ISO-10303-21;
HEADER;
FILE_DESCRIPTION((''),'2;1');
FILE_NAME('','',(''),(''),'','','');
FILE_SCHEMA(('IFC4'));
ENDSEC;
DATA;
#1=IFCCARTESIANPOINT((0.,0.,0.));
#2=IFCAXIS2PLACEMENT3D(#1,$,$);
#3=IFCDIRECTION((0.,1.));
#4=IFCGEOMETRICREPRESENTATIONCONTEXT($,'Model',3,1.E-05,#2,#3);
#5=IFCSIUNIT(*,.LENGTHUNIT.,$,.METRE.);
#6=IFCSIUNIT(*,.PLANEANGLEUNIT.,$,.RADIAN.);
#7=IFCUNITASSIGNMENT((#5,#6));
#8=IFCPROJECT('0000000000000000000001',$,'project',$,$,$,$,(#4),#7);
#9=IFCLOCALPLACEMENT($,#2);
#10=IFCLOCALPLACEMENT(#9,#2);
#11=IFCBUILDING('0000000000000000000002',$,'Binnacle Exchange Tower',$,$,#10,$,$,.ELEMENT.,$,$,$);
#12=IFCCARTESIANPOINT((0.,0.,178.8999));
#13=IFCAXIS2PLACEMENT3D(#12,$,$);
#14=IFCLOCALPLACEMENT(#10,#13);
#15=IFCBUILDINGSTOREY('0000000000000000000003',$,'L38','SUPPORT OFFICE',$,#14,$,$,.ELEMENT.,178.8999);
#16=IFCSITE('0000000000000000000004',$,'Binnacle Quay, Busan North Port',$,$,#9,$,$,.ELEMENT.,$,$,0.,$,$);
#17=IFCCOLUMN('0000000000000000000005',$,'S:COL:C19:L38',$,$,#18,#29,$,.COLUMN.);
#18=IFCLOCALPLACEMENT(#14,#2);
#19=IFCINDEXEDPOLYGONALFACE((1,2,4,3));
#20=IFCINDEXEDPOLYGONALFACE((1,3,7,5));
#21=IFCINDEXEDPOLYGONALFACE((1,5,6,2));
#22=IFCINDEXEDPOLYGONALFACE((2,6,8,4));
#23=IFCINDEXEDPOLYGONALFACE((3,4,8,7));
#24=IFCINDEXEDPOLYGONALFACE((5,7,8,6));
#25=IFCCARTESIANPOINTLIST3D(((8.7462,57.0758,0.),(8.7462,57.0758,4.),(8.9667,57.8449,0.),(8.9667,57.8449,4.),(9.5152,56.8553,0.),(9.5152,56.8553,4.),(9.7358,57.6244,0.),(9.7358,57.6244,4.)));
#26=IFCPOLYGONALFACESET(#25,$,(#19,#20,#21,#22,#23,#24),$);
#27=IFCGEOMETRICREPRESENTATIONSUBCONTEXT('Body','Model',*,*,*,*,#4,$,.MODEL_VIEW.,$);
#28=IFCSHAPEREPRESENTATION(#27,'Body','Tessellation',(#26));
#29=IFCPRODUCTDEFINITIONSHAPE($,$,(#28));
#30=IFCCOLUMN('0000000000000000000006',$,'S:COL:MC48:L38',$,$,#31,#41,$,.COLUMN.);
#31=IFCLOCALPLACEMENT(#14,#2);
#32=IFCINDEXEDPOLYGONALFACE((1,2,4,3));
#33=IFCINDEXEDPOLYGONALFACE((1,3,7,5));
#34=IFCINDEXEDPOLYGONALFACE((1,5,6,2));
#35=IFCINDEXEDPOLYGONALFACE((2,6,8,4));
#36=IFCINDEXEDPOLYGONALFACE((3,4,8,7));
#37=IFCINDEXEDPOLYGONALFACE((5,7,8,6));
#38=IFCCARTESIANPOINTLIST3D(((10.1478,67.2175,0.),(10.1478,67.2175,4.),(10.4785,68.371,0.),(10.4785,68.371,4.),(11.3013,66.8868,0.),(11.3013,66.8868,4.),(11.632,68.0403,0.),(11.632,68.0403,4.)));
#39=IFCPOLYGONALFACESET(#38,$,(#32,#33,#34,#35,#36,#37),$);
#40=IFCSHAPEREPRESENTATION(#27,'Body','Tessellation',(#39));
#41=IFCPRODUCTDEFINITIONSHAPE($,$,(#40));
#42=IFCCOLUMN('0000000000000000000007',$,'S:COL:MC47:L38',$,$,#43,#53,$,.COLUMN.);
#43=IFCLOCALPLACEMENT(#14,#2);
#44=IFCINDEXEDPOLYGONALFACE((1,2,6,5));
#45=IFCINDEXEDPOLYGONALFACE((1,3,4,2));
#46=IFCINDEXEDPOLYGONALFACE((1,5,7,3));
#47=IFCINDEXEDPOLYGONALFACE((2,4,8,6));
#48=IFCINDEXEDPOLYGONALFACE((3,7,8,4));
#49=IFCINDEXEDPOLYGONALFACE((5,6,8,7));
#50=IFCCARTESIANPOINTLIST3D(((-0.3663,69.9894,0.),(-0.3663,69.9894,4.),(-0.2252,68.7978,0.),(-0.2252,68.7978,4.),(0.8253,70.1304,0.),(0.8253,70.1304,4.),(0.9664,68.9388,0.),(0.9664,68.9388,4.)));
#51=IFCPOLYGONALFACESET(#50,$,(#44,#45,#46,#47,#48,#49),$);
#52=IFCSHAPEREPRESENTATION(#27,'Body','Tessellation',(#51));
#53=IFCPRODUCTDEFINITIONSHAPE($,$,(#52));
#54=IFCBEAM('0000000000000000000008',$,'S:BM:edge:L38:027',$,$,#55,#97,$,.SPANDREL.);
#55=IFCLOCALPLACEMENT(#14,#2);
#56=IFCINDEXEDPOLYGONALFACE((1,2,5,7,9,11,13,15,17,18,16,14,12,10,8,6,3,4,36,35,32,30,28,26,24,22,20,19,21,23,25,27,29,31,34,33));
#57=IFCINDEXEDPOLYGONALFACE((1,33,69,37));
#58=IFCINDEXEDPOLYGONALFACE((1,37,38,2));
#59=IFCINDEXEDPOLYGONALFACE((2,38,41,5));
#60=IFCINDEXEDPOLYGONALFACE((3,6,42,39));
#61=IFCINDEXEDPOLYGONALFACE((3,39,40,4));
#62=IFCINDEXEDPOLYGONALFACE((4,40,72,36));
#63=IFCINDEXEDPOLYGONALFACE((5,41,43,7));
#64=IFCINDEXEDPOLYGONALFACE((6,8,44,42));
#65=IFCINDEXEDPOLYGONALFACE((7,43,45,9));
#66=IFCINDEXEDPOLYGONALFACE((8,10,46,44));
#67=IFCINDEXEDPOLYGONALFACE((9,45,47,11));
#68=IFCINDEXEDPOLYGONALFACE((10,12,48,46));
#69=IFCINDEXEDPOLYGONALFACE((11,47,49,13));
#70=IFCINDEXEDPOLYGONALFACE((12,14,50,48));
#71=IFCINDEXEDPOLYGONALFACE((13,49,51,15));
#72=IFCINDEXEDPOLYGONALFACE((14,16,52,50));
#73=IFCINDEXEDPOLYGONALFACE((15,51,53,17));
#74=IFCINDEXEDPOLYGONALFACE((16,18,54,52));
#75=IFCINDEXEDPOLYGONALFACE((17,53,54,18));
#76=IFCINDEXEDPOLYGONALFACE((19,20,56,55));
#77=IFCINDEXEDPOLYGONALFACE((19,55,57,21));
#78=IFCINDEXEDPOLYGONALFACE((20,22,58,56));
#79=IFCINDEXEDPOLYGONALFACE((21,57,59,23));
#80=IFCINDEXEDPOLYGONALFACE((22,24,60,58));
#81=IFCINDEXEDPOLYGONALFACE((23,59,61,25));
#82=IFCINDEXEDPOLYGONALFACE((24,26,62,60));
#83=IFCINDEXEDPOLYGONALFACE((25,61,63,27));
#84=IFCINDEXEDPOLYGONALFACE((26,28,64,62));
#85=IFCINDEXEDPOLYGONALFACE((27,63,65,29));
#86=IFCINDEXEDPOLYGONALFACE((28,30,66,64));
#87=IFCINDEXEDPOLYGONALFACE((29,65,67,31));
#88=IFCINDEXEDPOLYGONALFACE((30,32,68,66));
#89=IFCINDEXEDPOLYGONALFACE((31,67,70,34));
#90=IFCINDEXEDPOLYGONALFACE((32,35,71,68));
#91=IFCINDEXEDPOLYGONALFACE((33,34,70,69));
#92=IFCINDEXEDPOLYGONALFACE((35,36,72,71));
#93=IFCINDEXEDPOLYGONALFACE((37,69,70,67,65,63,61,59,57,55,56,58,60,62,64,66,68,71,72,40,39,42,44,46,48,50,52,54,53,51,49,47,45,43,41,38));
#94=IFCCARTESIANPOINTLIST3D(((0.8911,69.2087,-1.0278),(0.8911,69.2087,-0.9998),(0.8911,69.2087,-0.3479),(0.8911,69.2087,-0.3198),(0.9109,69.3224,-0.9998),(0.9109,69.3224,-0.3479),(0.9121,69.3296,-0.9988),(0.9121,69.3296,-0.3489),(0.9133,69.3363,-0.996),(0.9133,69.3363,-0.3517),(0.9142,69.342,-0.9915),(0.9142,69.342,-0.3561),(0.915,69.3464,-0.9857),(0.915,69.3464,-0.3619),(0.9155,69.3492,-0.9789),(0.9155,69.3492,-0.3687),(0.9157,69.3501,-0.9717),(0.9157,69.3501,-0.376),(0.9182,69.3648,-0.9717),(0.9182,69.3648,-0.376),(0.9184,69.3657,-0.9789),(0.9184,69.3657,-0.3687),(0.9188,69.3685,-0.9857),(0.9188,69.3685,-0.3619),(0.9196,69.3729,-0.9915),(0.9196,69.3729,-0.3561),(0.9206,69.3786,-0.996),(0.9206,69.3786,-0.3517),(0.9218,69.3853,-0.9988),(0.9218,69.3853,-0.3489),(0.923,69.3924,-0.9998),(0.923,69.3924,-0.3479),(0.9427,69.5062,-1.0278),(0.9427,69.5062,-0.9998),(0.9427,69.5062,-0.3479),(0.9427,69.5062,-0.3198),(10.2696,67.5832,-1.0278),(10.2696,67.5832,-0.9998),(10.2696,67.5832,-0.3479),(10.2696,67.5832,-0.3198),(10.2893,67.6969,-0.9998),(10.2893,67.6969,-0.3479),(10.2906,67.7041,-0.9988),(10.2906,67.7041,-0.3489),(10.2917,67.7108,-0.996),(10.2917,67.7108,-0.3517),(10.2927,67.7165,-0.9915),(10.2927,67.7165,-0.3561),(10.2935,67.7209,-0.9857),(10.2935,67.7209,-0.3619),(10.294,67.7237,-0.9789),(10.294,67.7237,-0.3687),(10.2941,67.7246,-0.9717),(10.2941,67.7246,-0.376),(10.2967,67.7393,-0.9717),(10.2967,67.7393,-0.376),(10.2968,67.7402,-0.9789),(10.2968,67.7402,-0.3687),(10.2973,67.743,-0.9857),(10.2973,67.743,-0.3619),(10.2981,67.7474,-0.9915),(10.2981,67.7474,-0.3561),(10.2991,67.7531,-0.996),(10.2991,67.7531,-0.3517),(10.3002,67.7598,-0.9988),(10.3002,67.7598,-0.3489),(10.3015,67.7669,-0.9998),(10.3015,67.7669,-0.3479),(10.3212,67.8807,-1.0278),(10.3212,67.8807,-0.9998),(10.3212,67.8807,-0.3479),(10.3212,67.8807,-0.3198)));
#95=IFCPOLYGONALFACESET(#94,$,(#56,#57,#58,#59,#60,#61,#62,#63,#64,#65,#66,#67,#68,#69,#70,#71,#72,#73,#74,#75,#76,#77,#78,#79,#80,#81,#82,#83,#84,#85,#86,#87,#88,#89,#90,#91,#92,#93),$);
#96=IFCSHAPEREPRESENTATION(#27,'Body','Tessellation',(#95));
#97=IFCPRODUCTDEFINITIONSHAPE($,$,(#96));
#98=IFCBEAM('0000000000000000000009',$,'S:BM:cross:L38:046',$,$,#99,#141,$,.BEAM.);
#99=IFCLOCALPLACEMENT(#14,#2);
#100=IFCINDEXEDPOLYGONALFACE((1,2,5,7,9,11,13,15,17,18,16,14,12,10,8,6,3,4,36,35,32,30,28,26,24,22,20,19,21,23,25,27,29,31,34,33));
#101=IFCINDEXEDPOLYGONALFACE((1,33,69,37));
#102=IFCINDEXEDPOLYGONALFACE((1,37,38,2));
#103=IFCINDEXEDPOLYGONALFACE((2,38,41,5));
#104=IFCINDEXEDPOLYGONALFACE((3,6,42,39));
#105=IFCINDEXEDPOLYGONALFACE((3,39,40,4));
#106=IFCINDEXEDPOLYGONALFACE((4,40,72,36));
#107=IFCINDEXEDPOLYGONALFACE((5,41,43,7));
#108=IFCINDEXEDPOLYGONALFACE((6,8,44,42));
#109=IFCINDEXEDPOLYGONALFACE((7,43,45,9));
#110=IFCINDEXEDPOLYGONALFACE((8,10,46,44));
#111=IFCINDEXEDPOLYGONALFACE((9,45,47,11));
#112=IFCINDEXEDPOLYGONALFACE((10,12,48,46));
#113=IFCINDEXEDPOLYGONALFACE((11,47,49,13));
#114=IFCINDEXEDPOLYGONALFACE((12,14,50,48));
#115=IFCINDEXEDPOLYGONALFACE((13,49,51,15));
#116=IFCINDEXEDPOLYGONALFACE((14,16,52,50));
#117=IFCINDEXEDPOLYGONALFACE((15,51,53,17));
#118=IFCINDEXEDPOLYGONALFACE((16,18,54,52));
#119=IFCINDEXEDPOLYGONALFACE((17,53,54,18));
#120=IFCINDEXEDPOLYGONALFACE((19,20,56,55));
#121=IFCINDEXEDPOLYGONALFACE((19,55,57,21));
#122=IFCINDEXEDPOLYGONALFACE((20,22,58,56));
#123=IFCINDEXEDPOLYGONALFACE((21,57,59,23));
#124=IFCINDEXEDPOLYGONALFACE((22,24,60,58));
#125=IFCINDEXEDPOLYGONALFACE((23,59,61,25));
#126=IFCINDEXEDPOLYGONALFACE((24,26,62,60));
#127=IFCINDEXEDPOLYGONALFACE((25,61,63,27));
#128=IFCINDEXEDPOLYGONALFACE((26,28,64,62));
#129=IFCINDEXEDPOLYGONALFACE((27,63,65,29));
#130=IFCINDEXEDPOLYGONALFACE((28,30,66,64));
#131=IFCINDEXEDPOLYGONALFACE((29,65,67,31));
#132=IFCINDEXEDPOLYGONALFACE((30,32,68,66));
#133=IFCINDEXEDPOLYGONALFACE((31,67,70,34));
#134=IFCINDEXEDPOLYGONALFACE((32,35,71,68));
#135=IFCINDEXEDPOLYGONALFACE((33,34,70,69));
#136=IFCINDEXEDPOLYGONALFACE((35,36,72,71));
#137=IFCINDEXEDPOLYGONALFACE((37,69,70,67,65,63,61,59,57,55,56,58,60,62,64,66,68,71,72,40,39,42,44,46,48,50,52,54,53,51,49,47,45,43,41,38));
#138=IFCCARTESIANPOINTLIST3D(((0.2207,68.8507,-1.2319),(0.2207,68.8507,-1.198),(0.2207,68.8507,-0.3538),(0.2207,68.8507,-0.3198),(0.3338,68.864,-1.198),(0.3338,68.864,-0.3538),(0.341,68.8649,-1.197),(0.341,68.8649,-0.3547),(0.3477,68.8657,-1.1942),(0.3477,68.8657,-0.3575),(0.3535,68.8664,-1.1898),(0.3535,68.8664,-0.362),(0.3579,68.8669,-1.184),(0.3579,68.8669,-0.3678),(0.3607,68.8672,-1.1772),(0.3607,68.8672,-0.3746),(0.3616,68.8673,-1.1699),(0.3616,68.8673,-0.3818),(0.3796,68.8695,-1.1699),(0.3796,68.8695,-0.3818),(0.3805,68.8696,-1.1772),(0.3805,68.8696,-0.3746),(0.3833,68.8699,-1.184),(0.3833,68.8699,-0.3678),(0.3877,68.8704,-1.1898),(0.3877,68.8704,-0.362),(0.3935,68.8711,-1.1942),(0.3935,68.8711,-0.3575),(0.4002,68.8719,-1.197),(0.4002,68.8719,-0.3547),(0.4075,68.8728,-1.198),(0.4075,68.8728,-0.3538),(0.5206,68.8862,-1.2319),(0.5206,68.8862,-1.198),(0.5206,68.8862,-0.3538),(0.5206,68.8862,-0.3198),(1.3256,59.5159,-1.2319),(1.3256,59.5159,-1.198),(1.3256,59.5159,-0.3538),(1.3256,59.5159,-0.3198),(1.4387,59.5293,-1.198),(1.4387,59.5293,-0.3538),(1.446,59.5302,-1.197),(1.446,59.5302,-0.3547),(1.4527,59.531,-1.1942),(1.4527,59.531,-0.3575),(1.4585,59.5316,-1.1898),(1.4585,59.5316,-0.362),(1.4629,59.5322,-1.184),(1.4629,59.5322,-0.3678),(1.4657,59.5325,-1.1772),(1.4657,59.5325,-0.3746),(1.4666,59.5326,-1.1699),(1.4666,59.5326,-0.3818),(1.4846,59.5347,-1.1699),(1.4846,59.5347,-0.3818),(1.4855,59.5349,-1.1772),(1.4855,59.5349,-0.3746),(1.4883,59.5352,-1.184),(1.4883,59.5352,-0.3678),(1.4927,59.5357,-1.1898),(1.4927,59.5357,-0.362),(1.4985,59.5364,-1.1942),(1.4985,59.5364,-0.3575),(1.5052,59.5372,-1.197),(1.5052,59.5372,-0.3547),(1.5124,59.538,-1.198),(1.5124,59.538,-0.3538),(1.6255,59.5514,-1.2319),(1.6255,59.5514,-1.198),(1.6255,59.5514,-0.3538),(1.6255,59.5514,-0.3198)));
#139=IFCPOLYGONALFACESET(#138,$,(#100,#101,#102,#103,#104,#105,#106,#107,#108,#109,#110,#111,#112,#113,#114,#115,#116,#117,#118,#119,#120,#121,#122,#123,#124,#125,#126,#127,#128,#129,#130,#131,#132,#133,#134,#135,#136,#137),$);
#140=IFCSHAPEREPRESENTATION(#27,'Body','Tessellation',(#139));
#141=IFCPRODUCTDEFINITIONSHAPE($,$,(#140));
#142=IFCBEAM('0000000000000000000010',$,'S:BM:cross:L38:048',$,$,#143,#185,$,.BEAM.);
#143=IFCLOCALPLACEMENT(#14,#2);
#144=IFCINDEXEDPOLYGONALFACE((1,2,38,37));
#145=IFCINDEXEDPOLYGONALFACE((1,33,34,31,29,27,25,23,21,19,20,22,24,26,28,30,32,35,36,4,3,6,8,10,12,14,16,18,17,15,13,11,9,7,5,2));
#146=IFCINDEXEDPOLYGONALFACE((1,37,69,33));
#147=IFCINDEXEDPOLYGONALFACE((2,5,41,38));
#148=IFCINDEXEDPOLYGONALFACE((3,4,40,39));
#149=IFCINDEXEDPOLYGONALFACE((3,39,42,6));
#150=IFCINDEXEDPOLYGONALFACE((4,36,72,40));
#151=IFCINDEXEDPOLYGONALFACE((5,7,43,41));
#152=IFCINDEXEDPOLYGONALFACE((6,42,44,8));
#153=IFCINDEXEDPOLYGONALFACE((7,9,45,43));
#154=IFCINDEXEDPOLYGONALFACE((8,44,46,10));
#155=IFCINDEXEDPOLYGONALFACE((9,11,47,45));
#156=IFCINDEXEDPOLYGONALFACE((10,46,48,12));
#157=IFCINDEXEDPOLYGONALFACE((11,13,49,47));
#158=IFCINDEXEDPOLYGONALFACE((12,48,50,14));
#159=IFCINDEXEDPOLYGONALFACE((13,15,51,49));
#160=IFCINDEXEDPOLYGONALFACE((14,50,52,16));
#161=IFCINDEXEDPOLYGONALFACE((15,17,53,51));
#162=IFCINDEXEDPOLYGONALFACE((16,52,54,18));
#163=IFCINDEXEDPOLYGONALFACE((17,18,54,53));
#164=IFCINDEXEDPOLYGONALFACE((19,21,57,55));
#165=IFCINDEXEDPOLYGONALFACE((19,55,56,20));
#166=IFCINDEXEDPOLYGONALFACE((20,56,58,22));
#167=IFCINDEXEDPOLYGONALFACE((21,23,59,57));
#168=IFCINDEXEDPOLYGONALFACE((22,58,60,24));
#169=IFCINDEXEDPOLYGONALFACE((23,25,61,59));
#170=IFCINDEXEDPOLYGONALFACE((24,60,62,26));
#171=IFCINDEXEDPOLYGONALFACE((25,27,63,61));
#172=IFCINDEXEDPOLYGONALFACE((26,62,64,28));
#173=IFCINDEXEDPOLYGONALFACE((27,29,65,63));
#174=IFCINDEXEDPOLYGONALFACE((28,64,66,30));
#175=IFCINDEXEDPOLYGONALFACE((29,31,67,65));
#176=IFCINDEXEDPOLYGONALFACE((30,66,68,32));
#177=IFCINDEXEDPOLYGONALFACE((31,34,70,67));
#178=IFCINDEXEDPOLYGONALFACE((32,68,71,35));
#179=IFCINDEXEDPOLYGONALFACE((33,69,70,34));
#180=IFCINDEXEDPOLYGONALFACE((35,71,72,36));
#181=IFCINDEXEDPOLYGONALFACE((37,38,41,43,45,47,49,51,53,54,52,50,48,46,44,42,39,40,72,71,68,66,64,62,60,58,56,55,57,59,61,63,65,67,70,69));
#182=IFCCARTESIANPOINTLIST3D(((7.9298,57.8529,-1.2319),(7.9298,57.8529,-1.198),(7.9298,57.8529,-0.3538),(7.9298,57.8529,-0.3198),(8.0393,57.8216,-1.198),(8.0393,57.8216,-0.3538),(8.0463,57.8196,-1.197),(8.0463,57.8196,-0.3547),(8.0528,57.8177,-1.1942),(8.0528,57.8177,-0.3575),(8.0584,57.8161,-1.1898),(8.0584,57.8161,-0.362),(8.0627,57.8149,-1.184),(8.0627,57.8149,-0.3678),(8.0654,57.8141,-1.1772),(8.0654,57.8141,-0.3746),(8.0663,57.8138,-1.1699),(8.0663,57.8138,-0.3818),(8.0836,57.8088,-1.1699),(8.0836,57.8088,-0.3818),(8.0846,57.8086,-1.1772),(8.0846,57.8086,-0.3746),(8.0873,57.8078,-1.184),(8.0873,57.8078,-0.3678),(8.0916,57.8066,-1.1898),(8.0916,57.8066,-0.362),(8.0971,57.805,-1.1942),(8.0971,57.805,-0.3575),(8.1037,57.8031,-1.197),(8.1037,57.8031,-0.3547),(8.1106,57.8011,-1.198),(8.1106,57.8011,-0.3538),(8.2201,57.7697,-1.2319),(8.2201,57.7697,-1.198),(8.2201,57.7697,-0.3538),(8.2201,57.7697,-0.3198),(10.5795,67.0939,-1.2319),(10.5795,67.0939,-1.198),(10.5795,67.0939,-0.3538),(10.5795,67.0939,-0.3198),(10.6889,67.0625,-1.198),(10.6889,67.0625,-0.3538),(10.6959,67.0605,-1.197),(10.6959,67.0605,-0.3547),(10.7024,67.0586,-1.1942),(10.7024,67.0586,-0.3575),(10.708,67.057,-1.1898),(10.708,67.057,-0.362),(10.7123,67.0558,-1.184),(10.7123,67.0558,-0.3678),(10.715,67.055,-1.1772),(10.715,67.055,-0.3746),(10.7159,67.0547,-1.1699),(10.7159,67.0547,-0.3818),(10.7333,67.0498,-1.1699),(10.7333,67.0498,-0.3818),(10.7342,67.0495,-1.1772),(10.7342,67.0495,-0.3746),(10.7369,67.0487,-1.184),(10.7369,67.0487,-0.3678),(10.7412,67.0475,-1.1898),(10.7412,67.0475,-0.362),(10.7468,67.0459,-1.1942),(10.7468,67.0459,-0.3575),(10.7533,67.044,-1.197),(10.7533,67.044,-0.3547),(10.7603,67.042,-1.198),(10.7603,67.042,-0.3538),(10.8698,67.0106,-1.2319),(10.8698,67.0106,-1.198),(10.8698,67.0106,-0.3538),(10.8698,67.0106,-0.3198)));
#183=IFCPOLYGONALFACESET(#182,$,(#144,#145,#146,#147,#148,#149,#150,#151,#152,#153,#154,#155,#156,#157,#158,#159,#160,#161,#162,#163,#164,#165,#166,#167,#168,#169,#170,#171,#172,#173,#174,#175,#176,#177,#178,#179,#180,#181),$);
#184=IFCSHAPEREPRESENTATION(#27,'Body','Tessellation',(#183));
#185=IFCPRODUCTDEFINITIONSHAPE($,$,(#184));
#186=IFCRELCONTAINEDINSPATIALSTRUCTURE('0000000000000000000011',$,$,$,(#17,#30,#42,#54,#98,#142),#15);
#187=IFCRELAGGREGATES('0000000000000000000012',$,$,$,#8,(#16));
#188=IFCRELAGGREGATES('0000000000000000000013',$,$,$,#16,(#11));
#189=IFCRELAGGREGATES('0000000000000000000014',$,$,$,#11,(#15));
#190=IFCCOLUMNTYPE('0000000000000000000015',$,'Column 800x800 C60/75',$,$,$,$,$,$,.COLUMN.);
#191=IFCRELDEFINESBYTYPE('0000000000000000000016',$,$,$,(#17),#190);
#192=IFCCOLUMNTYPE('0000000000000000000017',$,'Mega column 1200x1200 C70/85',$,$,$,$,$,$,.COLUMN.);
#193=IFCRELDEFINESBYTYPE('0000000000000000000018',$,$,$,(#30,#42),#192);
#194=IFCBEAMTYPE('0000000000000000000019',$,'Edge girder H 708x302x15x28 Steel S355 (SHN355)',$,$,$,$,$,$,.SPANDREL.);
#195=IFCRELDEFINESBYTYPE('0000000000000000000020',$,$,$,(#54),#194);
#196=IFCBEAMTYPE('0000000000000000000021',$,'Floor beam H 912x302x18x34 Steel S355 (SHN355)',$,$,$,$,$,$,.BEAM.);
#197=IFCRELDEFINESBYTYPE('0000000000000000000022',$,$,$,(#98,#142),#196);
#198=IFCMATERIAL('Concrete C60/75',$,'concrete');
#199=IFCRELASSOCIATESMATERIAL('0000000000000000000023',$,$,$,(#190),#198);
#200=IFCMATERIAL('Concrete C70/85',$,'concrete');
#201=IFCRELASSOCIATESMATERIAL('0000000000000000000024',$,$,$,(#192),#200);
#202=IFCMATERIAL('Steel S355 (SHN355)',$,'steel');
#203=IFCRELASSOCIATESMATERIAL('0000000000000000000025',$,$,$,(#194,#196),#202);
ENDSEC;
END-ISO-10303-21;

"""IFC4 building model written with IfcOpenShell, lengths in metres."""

from ifc_helpers import new_model, si_unit, direction, frame, origin, origin_2d, place, context, subcontext, project, spatial, rectangle, i_section, extrude, material, material_profile, profile_set, type_object, element, save


model = new_model("IFC4")

# Units and contexts
model_context = context("Model", 3, precision=1e-05, world=origin(), true_north=direction((0.0, 1.0)))
body_context = subcontext(model_context, "Body", "Model", "MODEL_VIEW")
ifc_project = project(units=[si_unit("LENGTHUNIT", "METRE"), si_unit("PLANEANGLEUNIT", "RADIAN")], contexts=[model_context])

# Site, building, storey
site_placement = place(None, origin())
site = spatial("IfcSite", under=ifc_project, at=site_placement, Name="Binnacle Quay, Busan North Port", CompositionType="ELEMENT", RefElevation=0.0)
building_placement = place(site_placement, origin())
building = spatial("IfcBuilding", under=site, at=building_placement, Name="Binnacle Exchange Tower", CompositionType="ELEMENT")
storey_placement = place(building_placement, frame((0.0, 0.0, 178.8999)))
storey = spatial("IfcBuildingStorey", under=building, at=storey_placement, Name="L38", Description="SUPPORT OFFICE", CompositionType="ELEMENT", Elevation=178.8999)

# Columns
ifc_material_1 = material(Name="Concrete C60/75", Category="concrete")
ifc_material_profile_1 = material_profile(ifc_material_1, rectangle(XDim=0.8, YDim=0.8, at=origin_2d()), Name="Column 800x800 C60/75")
ifc_profile_set_1 = profile_set([ifc_material_profile_1], Name="Concrete C60/75")
column_type_1 = type_object("IfcColumnType", Name="Column 800x800 C60/75", PredefinedType="COLUMN", material=ifc_profile_set_1)
column_placement = place(storey_placement, frame((9.241, 57.3501, 0.0), z_axis=(0.0, 0.0, 1.0), x_axis=(0.961262, -0.275637, 0.0)))
element("IfcColumn", 1, at=column_placement, inside=storey, type_object=column_type_1, Name="S:COL:C19:L38", PredefinedType="COLUMN", context=body_context, shape_type="SweptSolid", body=[
    extrude(rectangle(XDim=0.8, YDim=0.8, at=origin_2d()), origin(), (0.0, 0.0, 1.0), 4.0),
])
ifc_material_2 = material(Name="Concrete C70/85", Category="concrete")
ifc_material_profile_2 = material_profile(ifc_material_2, rectangle(XDim=1.2, YDim=1.2, at=origin_2d()), Name="Mega column 1200x1200 C70/85")
ifc_profile_set_2 = profile_set([ifc_material_profile_2], Name="Concrete C70/85")
column_type_2 = type_object("IfcColumnType", Name="Mega column 1200x1200 C70/85", PredefinedType="COLUMN", material=ifc_profile_set_2)
for number, where, z_axis, x_axis, name in (
    (2, (10.8899, 67.6289, 0.0), (0.0, 0.0, 1.0), (-0.961262, 0.275637, 0.0), "S:COL:MC48:L38"),
    (3, (0.3, 69.4641, 0.0), (0.0, 0.0, 1.0), (-0.993068, -0.117537, 0.0), "S:COL:MC47:L38"),
):
    element("IfcColumn", number, at=place(storey_placement, frame(where, z_axis=z_axis, x_axis=x_axis)), inside=storey, type_object=column_type_2, Name=name, PredefinedType="COLUMN", context=body_context, shape_type="SweptSolid", body=[
        extrude(rectangle(XDim=1.2, YDim=1.2, at=origin_2d()), origin(), (0.0, 0.0, 1.0), 4.0),
    ])

# Beams
ifc_material_3 = material(Name="Steel S355 (SHN355)", Category="steel")
ifc_material_profile_3 = material_profile(ifc_material_3, i_section(OverallWidth=0.302, OverallDepth=0.708, WebThickness=0.0149, FlangeThickness=0.0281, FilletRadius=0.0281, at=origin_2d()), Name="H 708x302x15x28")
ifc_profile_set_3 = profile_set([ifc_material_profile_3], Name="Steel S355 (SHN355)")
beam_type_1 = type_object("IfcBeamType", Name="Edge girder H 708x302x15x28 Steel S355 (SHN355)", PredefinedType="SPANDREL", material=ifc_profile_set_3)
beam_1_placement = place(storey_placement, frame((10.2954, 67.7319, -0.6738), z_axis=(-0.98531, 0.170776, 0.0), x_axis=(-0.170776, -0.98531, 0.0)))
element("IfcBeam", 4, at=beam_1_placement, inside=storey, type_object=beam_type_1, Name="S:BM:edge:L38:027", PredefinedType="SPANDREL", context=body_context, shape_type="SweptSolid", body=[
    extrude(i_section(OverallWidth=0.302, OverallDepth=0.708, WebThickness=0.0149, FlangeThickness=0.0281, FilletRadius=0.0281, at=origin_2d()), origin(), (0.0, 0.0, 1.0), 9.5183),
])
ifc_material_profile_4 = material_profile(ifc_material_3, i_section(OverallWidth=0.302, OverallDepth=0.9121, WebThickness=0.0181, FlangeThickness=0.0339, FilletRadius=0.0281, at=origin_2d()), Name="H 912x302x18x34")
ifc_profile_set_4 = profile_set([ifc_material_profile_4], Name="Steel S355 (SHN355)")
beam_type_2 = type_object("IfcBeamType", Name="Floor beam H 912x302x18x34 Steel S355 (SHN355)", PredefinedType="BEAM", material=ifc_profile_set_4)
beam_2_placement = place(storey_placement, frame((0.3706, 68.8684, -0.7759), z_axis=(0.117552, -0.993067, 0.0), x_axis=(0.993067, 0.117552, 0.0)))
element("IfcBeam", 5, at=beam_2_placement, inside=storey, type_object=beam_type_2, Name="S:BM:cross:L38:046", PredefinedType="BEAM", context=body_context, shape_type="SweptSolid", body=[
    extrude(i_section(OverallWidth=0.302, OverallDepth=0.9121, WebThickness=0.0181, FlangeThickness=0.0339, FilletRadius=0.0281, at=origin_2d()), origin(), (0.0, 0.0, 1.0), 9.3999),
])
beam_3_placement = place(storey_placement, frame((10.7246, 67.0522, -0.7759), z_axis=(-0.275623, -0.961266, 0.0), x_axis=(0.961266, -0.275623, 0.0)))
element("IfcBeam", 6, at=beam_3_placement, inside=storey, type_object=beam_type_2, Name="S:BM:cross:L38:048", PredefinedType="BEAM", context=body_context, shape_type="SweptSolid", body=[
    extrude(i_section(OverallWidth=0.302, OverallDepth=0.9121, WebThickness=0.0181, FlangeThickness=0.0339, FilletRadius=0.0281, at=origin_2d()), origin(), (0.0, 0.0, 1.0), 9.6133),
])

save(model, "model.ifc")
